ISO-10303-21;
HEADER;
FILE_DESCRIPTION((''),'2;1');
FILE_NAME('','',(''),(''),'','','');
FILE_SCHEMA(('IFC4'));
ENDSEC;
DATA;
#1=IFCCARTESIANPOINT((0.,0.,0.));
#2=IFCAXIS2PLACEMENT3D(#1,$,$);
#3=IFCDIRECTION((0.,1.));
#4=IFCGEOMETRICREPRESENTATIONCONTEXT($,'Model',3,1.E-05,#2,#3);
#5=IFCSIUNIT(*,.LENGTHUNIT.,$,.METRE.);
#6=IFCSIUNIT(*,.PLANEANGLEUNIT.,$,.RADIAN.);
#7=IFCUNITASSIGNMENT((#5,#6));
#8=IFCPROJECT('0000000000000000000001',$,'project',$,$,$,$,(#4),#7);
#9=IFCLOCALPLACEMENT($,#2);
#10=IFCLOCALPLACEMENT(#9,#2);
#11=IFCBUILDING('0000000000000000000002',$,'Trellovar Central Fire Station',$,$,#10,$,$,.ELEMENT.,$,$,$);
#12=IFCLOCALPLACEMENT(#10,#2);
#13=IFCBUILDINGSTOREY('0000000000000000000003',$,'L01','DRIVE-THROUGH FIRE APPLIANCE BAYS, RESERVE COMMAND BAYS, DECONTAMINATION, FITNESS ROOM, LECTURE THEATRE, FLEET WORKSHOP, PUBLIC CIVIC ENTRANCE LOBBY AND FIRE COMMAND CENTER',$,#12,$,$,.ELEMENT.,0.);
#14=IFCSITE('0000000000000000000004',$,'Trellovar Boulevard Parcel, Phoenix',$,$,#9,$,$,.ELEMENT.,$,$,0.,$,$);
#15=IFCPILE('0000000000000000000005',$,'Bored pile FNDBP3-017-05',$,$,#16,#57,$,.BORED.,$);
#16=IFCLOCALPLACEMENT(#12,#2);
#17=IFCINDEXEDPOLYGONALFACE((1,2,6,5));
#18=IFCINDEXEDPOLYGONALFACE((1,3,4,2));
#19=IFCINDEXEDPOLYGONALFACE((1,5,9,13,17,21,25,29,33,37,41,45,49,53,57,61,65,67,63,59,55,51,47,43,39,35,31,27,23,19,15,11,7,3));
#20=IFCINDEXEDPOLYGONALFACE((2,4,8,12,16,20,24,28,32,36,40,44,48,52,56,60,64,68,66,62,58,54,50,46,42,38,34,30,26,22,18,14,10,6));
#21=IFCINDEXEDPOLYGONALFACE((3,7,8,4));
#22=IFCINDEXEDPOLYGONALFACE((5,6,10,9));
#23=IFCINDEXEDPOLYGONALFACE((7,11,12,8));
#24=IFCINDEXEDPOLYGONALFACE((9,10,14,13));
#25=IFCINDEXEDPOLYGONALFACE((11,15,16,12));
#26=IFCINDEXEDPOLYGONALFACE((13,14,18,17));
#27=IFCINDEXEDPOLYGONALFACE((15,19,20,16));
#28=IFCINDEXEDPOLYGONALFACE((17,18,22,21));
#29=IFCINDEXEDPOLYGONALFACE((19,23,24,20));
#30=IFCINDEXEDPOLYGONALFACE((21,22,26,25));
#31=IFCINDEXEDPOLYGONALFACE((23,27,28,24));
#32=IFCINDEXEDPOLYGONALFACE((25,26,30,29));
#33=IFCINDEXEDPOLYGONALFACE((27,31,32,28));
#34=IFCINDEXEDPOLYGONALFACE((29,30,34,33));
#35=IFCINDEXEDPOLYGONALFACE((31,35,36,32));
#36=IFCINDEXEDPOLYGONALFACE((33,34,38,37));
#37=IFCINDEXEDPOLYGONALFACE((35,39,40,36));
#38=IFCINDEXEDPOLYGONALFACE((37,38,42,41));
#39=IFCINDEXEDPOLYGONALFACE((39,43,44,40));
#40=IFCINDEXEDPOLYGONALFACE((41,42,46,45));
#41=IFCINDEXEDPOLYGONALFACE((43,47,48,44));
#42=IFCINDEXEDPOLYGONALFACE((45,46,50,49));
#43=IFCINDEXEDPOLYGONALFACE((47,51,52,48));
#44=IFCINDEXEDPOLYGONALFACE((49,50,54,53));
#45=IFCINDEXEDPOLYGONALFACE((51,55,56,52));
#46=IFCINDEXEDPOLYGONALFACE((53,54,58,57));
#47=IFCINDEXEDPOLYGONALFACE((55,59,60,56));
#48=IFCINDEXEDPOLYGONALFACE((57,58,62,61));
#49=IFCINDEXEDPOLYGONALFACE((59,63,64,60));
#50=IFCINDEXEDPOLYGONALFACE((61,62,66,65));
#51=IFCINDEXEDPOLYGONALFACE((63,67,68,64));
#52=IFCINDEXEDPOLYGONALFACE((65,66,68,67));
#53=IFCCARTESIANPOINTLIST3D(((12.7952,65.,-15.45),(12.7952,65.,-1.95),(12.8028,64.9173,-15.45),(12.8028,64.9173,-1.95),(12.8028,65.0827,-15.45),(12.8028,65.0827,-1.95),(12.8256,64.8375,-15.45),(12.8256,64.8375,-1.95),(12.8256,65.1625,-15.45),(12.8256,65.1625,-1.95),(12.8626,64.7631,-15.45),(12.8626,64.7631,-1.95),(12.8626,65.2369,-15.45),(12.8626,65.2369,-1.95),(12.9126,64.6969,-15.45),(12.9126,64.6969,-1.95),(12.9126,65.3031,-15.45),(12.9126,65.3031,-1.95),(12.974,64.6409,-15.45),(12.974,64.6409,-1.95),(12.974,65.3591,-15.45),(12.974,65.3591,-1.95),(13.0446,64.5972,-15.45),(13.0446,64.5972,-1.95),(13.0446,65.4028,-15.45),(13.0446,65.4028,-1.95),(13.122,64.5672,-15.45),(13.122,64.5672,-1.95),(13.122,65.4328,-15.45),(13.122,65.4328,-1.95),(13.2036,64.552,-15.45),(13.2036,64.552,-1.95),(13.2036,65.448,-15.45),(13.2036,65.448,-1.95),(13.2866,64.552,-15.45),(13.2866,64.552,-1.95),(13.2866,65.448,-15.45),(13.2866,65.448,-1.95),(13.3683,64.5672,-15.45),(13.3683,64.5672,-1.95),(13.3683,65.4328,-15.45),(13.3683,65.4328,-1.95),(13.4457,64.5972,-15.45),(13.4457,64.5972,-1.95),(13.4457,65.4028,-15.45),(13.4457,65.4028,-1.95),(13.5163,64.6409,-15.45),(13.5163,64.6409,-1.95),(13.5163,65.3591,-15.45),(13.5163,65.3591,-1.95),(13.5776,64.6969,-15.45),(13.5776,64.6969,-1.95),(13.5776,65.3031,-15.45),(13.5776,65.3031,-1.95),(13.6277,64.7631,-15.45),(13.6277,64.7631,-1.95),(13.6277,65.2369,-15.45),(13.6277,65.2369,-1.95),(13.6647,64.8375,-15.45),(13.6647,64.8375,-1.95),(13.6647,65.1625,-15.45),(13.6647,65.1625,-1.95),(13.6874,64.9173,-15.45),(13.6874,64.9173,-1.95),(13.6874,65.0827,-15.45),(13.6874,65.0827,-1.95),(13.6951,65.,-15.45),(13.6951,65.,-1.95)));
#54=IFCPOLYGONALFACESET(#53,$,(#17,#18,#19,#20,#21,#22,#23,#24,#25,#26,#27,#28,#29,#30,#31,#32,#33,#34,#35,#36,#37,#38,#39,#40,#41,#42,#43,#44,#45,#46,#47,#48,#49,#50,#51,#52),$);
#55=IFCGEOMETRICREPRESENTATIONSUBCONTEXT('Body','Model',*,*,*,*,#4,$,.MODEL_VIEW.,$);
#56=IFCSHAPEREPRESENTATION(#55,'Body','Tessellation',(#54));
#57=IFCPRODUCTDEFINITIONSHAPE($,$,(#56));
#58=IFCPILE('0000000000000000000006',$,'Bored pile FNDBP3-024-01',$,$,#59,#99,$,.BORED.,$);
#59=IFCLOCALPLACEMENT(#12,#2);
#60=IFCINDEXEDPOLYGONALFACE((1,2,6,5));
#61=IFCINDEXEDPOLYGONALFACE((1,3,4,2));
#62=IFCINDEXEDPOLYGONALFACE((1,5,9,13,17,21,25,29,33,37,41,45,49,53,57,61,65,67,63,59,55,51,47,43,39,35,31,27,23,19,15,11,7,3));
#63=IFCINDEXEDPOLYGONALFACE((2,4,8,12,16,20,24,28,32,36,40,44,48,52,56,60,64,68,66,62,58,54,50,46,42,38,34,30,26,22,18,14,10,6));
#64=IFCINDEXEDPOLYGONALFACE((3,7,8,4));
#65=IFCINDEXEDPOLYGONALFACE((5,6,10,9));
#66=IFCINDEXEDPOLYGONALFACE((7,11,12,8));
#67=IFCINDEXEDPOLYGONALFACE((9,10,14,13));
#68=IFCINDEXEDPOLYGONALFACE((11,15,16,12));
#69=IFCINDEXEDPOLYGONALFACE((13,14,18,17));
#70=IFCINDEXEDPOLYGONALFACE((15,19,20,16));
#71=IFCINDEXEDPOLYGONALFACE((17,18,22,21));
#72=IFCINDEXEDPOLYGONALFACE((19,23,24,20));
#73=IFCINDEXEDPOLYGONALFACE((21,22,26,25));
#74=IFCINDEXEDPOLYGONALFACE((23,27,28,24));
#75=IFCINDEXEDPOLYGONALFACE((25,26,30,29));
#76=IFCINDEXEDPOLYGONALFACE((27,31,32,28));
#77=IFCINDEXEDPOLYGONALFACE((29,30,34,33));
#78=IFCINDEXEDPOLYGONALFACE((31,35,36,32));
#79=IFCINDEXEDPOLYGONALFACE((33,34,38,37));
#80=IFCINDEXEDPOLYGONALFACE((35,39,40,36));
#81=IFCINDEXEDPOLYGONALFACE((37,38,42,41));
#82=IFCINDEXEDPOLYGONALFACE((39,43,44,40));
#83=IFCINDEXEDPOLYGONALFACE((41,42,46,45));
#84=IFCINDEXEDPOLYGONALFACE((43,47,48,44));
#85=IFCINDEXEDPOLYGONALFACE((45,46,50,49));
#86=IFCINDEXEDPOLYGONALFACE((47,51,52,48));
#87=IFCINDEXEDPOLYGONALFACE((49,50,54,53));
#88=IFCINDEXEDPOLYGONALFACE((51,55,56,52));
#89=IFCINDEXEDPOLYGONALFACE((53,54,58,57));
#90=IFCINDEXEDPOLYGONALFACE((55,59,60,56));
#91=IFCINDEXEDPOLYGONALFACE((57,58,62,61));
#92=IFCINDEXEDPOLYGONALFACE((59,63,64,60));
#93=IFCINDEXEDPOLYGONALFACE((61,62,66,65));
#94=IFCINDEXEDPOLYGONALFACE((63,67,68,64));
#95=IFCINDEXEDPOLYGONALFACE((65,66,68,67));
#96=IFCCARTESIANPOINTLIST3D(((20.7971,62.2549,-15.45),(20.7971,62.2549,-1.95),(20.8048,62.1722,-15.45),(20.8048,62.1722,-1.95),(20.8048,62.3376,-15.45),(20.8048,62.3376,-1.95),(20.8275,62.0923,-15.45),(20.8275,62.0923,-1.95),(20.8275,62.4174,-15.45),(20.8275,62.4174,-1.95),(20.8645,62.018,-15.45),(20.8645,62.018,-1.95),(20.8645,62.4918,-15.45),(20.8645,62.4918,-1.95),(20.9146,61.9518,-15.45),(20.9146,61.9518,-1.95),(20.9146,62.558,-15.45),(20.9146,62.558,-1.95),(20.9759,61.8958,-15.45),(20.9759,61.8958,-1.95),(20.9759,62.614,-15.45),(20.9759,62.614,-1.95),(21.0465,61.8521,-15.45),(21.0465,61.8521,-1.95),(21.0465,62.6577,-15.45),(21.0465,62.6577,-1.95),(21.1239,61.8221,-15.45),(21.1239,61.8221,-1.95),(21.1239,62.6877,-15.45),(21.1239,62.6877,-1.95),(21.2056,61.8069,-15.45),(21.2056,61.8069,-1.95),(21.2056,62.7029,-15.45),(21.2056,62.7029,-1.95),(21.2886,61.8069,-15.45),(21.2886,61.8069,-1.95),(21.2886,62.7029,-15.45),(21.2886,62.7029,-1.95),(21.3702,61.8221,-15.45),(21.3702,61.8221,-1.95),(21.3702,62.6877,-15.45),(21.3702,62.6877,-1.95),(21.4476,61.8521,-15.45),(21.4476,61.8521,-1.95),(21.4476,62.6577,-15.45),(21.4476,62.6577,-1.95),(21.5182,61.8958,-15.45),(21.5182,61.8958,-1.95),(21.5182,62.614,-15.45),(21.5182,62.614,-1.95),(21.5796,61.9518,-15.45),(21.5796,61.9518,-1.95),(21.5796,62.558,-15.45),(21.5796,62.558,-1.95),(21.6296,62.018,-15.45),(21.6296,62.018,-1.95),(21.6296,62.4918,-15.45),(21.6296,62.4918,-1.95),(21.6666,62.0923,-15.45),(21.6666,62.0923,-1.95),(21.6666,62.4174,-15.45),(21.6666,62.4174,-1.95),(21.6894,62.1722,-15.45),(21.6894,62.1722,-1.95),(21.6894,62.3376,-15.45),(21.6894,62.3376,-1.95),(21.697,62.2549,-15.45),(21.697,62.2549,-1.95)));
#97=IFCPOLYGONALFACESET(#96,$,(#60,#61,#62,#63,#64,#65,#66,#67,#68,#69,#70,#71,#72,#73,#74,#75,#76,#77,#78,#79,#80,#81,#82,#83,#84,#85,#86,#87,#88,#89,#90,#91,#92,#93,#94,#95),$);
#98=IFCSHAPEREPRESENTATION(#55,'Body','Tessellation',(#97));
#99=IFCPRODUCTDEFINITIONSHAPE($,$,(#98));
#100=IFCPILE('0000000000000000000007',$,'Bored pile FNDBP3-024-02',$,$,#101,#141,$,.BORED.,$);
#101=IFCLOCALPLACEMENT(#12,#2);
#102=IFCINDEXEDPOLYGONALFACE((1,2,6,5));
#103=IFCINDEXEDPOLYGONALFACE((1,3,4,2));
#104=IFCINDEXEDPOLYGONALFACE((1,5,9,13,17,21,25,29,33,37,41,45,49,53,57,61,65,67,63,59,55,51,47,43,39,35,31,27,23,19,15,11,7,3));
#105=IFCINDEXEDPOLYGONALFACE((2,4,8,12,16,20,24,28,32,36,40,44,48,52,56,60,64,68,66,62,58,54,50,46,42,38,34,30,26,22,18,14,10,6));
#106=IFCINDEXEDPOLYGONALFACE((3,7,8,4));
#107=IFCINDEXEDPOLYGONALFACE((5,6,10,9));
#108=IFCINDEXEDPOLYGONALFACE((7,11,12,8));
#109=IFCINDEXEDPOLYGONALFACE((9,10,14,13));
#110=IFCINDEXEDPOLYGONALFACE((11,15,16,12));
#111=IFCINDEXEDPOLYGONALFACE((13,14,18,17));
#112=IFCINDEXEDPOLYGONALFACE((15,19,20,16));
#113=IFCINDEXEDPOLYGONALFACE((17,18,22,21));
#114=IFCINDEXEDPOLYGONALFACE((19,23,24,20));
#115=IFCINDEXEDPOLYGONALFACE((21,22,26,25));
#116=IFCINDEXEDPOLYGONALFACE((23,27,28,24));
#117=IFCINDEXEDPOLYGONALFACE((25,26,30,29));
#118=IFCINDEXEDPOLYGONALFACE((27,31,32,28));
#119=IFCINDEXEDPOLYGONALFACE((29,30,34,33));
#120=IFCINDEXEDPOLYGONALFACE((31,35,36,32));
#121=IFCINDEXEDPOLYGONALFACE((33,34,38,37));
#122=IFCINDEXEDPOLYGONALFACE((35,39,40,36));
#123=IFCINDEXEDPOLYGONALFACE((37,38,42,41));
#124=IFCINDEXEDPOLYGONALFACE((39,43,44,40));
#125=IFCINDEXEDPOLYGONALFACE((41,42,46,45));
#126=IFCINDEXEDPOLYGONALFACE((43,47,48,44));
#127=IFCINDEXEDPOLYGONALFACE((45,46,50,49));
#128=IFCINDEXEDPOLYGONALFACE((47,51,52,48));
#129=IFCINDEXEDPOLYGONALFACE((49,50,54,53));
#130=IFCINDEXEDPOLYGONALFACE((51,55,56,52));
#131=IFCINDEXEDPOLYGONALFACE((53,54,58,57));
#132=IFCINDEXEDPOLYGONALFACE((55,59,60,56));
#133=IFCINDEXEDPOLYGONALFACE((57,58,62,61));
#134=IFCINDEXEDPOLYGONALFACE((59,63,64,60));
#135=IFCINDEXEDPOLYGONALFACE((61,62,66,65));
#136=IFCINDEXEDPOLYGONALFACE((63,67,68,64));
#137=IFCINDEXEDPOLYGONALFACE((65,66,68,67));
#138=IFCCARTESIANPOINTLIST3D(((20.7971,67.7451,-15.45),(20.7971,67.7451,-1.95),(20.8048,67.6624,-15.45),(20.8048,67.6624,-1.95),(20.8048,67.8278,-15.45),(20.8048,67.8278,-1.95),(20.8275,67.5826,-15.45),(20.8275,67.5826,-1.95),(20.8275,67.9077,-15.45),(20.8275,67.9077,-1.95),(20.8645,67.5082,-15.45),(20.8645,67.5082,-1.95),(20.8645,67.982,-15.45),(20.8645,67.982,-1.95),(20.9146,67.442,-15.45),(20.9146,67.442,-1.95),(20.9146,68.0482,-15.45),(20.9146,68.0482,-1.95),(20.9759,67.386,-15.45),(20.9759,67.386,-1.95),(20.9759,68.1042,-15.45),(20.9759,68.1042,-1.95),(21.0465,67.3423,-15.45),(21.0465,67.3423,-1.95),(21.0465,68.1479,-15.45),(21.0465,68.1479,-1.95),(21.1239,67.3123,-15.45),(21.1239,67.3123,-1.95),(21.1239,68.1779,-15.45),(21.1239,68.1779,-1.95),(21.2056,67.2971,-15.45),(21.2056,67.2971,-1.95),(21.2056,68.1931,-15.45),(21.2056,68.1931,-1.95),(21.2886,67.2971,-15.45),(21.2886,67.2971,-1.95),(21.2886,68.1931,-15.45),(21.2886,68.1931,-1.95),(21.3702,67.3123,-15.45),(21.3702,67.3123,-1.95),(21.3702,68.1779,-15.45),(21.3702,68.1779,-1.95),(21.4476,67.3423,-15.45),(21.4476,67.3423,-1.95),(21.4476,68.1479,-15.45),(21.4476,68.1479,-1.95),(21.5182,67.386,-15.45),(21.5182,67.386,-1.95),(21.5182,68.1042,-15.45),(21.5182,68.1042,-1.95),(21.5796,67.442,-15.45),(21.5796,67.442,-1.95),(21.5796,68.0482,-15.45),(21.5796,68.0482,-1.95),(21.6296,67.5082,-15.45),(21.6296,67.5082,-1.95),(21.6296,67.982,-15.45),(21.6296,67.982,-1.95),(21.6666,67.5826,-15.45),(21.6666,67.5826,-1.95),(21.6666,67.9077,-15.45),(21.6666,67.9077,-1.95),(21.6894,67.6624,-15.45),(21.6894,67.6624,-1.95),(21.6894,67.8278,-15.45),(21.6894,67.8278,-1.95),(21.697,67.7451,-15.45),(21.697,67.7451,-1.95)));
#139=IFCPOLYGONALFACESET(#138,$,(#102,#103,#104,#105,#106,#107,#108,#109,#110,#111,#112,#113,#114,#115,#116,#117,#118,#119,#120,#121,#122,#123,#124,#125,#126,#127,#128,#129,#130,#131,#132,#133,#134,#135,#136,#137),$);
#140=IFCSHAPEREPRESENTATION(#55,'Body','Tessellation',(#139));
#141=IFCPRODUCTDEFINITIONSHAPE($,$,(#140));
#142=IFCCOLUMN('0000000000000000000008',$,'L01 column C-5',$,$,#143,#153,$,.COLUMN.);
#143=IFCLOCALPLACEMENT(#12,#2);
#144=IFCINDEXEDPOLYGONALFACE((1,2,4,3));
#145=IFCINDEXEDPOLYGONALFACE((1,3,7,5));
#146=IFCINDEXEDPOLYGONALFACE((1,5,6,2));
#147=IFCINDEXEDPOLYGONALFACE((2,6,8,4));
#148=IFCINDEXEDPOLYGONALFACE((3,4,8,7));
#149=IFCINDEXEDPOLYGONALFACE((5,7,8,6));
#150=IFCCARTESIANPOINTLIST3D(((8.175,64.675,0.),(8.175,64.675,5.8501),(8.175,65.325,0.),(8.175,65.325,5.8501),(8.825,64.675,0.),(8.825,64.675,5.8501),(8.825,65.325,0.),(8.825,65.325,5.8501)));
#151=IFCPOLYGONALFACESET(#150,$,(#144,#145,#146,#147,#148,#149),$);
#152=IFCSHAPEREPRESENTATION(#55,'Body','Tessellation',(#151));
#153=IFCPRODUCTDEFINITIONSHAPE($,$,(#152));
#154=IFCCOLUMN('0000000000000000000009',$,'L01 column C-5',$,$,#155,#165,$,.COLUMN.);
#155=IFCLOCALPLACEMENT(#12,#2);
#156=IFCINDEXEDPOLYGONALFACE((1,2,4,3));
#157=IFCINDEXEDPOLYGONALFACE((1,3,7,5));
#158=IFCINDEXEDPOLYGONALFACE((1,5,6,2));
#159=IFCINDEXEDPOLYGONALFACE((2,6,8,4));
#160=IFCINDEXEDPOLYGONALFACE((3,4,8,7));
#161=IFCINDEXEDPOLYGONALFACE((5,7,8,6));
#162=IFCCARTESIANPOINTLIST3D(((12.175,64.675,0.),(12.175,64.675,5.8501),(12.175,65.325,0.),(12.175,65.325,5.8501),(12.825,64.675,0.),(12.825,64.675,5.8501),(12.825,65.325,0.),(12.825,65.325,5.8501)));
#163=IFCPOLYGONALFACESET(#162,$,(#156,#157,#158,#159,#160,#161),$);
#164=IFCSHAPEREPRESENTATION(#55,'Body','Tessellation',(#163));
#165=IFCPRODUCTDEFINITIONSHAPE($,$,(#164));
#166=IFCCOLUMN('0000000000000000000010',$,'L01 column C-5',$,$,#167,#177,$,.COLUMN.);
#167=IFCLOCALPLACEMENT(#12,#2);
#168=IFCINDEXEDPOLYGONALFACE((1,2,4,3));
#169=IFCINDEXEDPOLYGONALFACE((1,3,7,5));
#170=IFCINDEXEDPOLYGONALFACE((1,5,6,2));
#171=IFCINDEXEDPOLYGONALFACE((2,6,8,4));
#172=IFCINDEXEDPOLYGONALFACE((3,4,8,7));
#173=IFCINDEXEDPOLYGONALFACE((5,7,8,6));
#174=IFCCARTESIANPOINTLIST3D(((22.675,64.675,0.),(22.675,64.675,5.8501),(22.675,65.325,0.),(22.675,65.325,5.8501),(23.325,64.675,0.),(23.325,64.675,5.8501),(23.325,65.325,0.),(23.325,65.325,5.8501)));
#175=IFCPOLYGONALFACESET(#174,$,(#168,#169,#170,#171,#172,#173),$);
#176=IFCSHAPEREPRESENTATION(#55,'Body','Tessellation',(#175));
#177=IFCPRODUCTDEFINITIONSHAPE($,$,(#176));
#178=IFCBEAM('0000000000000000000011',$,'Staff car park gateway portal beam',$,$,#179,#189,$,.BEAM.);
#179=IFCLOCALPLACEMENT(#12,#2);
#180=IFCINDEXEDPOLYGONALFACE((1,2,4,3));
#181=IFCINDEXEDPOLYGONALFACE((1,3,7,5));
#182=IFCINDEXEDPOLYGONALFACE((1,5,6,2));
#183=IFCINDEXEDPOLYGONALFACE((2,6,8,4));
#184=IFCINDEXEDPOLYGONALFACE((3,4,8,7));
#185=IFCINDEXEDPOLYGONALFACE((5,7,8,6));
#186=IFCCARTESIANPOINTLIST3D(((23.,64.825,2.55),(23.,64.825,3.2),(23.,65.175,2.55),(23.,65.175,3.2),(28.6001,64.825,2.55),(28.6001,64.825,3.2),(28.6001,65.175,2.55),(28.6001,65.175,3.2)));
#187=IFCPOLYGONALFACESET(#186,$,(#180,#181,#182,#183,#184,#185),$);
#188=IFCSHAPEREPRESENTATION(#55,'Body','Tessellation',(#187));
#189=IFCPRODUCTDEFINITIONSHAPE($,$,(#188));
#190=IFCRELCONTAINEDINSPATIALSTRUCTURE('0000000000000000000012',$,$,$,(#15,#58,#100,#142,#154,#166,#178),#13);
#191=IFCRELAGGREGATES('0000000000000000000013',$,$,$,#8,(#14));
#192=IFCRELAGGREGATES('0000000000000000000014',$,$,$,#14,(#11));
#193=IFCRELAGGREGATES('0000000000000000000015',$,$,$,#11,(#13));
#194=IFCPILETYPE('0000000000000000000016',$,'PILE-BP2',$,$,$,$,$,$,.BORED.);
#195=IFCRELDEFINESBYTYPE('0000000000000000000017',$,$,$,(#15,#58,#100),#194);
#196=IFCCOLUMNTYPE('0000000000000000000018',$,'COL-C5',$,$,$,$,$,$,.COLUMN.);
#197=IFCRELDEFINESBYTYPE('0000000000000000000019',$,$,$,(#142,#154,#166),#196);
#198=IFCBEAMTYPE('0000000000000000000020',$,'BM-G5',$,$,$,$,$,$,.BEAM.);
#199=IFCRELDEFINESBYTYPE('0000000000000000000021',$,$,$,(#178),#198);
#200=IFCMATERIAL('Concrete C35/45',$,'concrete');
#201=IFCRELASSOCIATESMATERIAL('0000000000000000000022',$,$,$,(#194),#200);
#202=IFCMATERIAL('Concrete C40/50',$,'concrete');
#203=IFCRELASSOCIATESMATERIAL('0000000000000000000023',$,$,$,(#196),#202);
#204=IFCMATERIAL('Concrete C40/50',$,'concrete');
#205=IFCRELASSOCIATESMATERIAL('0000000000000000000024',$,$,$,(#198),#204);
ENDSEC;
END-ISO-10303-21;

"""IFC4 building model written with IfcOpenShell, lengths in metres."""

from ifc_helpers import new_model, si_unit, direction, frame, origin, origin_2d, place, context, subcontext, project, spatial, rectangle, circle, extrude, material, material_profile, profile_set, type_object, element, save


model = new_model("IFC4")

# Units and contexts
model_context = context("Model", 3, precision=1e-05, world=origin(), true_north=direction((0.0, 1.0)))
body_context = subcontext(model_context, "Body", "Model", "MODEL_VIEW")
ifc_project = project(units=[si_unit("LENGTHUNIT", "METRE"), si_unit("PLANEANGLEUNIT", "RADIAN")], contexts=[model_context])

# Site, building, storey
site_placement = place(None, origin())
site = spatial("IfcSite", under=ifc_project, at=site_placement, Name="Trellovar Boulevard Parcel, Phoenix", CompositionType="ELEMENT", RefElevation=0.0)
building_placement = place(site_placement, origin())
building = spatial("IfcBuilding", under=site, at=building_placement, Name="Trellovar Central Fire Station", CompositionType="ELEMENT")
storey_placement = place(building_placement, origin())
storey = spatial("IfcBuildingStorey", under=building, at=storey_placement, Name="L01", Description="DRIVE-THROUGH FIRE APPLIANCE BAYS, RESERVE COMMAND BAYS, DECONTAMINATION, FITNESS ROOM, LECTURE THEATRE, FLEET WORKSHOP, PUBLIC CIVIC ENTRANCE LOBBY AND FIRE COMMAND CENTER", CompositionType="ELEMENT", Elevation=0.0)

# Piles
ifc_material_1 = material(Name="Concrete C35/45", Category="concrete")
ifc_material_profile_1 = material_profile(ifc_material_1, circle(Radius=0.45, at=origin_2d()), Name="PILE900")
ifc_profile_set_1 = profile_set([ifc_material_profile_1], Name="Concrete C35/45")
pile_type = type_object("IfcPileType", Name="PILE-BP2", PredefinedType="BORED", material=ifc_profile_set_1)
for number, where, z_axis, x_axis, name in (
    (1, (13.2451, 65.0, -1.95), (0.0, 0.0, -1.0), (1.0, 0.0, 0.0), "Bored pile FNDBP3-017-05"),
    (2, (21.2471, 62.2549, -1.95), (0.0, 0.0, -1.0), (1.0, 0.0, 0.0), "Bored pile FNDBP3-024-01"),
    (3, (21.2471, 67.7451, -1.95), (0.0, 0.0, -1.0), (1.0, 0.0, 0.0), "Bored pile FNDBP3-024-02"),
):
    element("IfcPile", number, at=place(storey_placement, frame(where, z_axis=z_axis, x_axis=x_axis)), inside=storey, type_object=pile_type, Name=name, PredefinedType="BORED", context=body_context, shape_type="SweptSolid", body=[
        extrude(circle(Radius=0.45, at=origin_2d()), origin(), (0.0, 0.0, 1.0), 13.5),
    ])

# Columns
ifc_material_2 = material(Name="Concrete C40/50", Category="concrete")
ifc_material_profile_2 = material_profile(ifc_material_2, rectangle(XDim=0.6499, YDim=0.6499, at=origin_2d()), Name="RC650X650")
ifc_profile_set_2 = profile_set([ifc_material_profile_2], Name="Concrete C40/50")
column_type = type_object("IfcColumnType", Name="COL-C5", PredefinedType="COLUMN", material=ifc_profile_set_2)
for number, where, z_axis, x_axis, name in (
    (4, (8.5, 65.0, 0.0), (0.0, 0.0, 1.0), (1.0, 0.0, 0.0), "L01 column C-5"),
    (5, (12.5, 65.0, 0.0), (0.0, 0.0, 1.0), (1.0, 0.0, 0.0), "L01 column C-5"),
    (6, (23.0, 65.0, 0.0), (0.0, 0.0, 1.0), (1.0, 0.0, 0.0), "L01 column C-5"),
):
    element("IfcColumn", number, at=place(storey_placement, frame(where, z_axis=z_axis, x_axis=x_axis)), inside=storey, type_object=column_type, Name=name, PredefinedType="COLUMN", context=body_context, shape_type="SweptSolid", body=[
        extrude(rectangle(XDim=0.6499, YDim=0.6499, at=origin_2d()), origin(), (0.0, 0.0, 1.0), 5.8501),
    ])

# Beam
ifc_material_3 = material(Name="Concrete C40/50", Category="concrete")
ifc_material_profile_3 = material_profile(ifc_material_3, rectangle(XDim=0.3501, YDim=0.6499, at=origin_2d()), Name="RC350X650")
ifc_profile_set_3 = profile_set([ifc_material_profile_3], Name="Concrete C40/50")
beam_type = type_object("IfcBeamType", Name="BM-G5", PredefinedType="BEAM", material=ifc_profile_set_3)
beam_placement = place(storey_placement, frame((23.0, 65.0, 2.875), z_axis=(1.0, 0.0, 0.0), x_axis=(0.0, 1.0, 0.0)))
element("IfcBeam", 7, at=beam_placement, inside=storey, type_object=beam_type, Name="Staff car park gateway portal beam", PredefinedType="BEAM", context=body_context, shape_type="SweptSolid", body=[
    extrude(rectangle(XDim=0.3501, YDim=0.6499, at=origin_2d()), origin(), (0.0, 0.0, 1.0), 5.6001),
])

save(model, "model.ifc")
